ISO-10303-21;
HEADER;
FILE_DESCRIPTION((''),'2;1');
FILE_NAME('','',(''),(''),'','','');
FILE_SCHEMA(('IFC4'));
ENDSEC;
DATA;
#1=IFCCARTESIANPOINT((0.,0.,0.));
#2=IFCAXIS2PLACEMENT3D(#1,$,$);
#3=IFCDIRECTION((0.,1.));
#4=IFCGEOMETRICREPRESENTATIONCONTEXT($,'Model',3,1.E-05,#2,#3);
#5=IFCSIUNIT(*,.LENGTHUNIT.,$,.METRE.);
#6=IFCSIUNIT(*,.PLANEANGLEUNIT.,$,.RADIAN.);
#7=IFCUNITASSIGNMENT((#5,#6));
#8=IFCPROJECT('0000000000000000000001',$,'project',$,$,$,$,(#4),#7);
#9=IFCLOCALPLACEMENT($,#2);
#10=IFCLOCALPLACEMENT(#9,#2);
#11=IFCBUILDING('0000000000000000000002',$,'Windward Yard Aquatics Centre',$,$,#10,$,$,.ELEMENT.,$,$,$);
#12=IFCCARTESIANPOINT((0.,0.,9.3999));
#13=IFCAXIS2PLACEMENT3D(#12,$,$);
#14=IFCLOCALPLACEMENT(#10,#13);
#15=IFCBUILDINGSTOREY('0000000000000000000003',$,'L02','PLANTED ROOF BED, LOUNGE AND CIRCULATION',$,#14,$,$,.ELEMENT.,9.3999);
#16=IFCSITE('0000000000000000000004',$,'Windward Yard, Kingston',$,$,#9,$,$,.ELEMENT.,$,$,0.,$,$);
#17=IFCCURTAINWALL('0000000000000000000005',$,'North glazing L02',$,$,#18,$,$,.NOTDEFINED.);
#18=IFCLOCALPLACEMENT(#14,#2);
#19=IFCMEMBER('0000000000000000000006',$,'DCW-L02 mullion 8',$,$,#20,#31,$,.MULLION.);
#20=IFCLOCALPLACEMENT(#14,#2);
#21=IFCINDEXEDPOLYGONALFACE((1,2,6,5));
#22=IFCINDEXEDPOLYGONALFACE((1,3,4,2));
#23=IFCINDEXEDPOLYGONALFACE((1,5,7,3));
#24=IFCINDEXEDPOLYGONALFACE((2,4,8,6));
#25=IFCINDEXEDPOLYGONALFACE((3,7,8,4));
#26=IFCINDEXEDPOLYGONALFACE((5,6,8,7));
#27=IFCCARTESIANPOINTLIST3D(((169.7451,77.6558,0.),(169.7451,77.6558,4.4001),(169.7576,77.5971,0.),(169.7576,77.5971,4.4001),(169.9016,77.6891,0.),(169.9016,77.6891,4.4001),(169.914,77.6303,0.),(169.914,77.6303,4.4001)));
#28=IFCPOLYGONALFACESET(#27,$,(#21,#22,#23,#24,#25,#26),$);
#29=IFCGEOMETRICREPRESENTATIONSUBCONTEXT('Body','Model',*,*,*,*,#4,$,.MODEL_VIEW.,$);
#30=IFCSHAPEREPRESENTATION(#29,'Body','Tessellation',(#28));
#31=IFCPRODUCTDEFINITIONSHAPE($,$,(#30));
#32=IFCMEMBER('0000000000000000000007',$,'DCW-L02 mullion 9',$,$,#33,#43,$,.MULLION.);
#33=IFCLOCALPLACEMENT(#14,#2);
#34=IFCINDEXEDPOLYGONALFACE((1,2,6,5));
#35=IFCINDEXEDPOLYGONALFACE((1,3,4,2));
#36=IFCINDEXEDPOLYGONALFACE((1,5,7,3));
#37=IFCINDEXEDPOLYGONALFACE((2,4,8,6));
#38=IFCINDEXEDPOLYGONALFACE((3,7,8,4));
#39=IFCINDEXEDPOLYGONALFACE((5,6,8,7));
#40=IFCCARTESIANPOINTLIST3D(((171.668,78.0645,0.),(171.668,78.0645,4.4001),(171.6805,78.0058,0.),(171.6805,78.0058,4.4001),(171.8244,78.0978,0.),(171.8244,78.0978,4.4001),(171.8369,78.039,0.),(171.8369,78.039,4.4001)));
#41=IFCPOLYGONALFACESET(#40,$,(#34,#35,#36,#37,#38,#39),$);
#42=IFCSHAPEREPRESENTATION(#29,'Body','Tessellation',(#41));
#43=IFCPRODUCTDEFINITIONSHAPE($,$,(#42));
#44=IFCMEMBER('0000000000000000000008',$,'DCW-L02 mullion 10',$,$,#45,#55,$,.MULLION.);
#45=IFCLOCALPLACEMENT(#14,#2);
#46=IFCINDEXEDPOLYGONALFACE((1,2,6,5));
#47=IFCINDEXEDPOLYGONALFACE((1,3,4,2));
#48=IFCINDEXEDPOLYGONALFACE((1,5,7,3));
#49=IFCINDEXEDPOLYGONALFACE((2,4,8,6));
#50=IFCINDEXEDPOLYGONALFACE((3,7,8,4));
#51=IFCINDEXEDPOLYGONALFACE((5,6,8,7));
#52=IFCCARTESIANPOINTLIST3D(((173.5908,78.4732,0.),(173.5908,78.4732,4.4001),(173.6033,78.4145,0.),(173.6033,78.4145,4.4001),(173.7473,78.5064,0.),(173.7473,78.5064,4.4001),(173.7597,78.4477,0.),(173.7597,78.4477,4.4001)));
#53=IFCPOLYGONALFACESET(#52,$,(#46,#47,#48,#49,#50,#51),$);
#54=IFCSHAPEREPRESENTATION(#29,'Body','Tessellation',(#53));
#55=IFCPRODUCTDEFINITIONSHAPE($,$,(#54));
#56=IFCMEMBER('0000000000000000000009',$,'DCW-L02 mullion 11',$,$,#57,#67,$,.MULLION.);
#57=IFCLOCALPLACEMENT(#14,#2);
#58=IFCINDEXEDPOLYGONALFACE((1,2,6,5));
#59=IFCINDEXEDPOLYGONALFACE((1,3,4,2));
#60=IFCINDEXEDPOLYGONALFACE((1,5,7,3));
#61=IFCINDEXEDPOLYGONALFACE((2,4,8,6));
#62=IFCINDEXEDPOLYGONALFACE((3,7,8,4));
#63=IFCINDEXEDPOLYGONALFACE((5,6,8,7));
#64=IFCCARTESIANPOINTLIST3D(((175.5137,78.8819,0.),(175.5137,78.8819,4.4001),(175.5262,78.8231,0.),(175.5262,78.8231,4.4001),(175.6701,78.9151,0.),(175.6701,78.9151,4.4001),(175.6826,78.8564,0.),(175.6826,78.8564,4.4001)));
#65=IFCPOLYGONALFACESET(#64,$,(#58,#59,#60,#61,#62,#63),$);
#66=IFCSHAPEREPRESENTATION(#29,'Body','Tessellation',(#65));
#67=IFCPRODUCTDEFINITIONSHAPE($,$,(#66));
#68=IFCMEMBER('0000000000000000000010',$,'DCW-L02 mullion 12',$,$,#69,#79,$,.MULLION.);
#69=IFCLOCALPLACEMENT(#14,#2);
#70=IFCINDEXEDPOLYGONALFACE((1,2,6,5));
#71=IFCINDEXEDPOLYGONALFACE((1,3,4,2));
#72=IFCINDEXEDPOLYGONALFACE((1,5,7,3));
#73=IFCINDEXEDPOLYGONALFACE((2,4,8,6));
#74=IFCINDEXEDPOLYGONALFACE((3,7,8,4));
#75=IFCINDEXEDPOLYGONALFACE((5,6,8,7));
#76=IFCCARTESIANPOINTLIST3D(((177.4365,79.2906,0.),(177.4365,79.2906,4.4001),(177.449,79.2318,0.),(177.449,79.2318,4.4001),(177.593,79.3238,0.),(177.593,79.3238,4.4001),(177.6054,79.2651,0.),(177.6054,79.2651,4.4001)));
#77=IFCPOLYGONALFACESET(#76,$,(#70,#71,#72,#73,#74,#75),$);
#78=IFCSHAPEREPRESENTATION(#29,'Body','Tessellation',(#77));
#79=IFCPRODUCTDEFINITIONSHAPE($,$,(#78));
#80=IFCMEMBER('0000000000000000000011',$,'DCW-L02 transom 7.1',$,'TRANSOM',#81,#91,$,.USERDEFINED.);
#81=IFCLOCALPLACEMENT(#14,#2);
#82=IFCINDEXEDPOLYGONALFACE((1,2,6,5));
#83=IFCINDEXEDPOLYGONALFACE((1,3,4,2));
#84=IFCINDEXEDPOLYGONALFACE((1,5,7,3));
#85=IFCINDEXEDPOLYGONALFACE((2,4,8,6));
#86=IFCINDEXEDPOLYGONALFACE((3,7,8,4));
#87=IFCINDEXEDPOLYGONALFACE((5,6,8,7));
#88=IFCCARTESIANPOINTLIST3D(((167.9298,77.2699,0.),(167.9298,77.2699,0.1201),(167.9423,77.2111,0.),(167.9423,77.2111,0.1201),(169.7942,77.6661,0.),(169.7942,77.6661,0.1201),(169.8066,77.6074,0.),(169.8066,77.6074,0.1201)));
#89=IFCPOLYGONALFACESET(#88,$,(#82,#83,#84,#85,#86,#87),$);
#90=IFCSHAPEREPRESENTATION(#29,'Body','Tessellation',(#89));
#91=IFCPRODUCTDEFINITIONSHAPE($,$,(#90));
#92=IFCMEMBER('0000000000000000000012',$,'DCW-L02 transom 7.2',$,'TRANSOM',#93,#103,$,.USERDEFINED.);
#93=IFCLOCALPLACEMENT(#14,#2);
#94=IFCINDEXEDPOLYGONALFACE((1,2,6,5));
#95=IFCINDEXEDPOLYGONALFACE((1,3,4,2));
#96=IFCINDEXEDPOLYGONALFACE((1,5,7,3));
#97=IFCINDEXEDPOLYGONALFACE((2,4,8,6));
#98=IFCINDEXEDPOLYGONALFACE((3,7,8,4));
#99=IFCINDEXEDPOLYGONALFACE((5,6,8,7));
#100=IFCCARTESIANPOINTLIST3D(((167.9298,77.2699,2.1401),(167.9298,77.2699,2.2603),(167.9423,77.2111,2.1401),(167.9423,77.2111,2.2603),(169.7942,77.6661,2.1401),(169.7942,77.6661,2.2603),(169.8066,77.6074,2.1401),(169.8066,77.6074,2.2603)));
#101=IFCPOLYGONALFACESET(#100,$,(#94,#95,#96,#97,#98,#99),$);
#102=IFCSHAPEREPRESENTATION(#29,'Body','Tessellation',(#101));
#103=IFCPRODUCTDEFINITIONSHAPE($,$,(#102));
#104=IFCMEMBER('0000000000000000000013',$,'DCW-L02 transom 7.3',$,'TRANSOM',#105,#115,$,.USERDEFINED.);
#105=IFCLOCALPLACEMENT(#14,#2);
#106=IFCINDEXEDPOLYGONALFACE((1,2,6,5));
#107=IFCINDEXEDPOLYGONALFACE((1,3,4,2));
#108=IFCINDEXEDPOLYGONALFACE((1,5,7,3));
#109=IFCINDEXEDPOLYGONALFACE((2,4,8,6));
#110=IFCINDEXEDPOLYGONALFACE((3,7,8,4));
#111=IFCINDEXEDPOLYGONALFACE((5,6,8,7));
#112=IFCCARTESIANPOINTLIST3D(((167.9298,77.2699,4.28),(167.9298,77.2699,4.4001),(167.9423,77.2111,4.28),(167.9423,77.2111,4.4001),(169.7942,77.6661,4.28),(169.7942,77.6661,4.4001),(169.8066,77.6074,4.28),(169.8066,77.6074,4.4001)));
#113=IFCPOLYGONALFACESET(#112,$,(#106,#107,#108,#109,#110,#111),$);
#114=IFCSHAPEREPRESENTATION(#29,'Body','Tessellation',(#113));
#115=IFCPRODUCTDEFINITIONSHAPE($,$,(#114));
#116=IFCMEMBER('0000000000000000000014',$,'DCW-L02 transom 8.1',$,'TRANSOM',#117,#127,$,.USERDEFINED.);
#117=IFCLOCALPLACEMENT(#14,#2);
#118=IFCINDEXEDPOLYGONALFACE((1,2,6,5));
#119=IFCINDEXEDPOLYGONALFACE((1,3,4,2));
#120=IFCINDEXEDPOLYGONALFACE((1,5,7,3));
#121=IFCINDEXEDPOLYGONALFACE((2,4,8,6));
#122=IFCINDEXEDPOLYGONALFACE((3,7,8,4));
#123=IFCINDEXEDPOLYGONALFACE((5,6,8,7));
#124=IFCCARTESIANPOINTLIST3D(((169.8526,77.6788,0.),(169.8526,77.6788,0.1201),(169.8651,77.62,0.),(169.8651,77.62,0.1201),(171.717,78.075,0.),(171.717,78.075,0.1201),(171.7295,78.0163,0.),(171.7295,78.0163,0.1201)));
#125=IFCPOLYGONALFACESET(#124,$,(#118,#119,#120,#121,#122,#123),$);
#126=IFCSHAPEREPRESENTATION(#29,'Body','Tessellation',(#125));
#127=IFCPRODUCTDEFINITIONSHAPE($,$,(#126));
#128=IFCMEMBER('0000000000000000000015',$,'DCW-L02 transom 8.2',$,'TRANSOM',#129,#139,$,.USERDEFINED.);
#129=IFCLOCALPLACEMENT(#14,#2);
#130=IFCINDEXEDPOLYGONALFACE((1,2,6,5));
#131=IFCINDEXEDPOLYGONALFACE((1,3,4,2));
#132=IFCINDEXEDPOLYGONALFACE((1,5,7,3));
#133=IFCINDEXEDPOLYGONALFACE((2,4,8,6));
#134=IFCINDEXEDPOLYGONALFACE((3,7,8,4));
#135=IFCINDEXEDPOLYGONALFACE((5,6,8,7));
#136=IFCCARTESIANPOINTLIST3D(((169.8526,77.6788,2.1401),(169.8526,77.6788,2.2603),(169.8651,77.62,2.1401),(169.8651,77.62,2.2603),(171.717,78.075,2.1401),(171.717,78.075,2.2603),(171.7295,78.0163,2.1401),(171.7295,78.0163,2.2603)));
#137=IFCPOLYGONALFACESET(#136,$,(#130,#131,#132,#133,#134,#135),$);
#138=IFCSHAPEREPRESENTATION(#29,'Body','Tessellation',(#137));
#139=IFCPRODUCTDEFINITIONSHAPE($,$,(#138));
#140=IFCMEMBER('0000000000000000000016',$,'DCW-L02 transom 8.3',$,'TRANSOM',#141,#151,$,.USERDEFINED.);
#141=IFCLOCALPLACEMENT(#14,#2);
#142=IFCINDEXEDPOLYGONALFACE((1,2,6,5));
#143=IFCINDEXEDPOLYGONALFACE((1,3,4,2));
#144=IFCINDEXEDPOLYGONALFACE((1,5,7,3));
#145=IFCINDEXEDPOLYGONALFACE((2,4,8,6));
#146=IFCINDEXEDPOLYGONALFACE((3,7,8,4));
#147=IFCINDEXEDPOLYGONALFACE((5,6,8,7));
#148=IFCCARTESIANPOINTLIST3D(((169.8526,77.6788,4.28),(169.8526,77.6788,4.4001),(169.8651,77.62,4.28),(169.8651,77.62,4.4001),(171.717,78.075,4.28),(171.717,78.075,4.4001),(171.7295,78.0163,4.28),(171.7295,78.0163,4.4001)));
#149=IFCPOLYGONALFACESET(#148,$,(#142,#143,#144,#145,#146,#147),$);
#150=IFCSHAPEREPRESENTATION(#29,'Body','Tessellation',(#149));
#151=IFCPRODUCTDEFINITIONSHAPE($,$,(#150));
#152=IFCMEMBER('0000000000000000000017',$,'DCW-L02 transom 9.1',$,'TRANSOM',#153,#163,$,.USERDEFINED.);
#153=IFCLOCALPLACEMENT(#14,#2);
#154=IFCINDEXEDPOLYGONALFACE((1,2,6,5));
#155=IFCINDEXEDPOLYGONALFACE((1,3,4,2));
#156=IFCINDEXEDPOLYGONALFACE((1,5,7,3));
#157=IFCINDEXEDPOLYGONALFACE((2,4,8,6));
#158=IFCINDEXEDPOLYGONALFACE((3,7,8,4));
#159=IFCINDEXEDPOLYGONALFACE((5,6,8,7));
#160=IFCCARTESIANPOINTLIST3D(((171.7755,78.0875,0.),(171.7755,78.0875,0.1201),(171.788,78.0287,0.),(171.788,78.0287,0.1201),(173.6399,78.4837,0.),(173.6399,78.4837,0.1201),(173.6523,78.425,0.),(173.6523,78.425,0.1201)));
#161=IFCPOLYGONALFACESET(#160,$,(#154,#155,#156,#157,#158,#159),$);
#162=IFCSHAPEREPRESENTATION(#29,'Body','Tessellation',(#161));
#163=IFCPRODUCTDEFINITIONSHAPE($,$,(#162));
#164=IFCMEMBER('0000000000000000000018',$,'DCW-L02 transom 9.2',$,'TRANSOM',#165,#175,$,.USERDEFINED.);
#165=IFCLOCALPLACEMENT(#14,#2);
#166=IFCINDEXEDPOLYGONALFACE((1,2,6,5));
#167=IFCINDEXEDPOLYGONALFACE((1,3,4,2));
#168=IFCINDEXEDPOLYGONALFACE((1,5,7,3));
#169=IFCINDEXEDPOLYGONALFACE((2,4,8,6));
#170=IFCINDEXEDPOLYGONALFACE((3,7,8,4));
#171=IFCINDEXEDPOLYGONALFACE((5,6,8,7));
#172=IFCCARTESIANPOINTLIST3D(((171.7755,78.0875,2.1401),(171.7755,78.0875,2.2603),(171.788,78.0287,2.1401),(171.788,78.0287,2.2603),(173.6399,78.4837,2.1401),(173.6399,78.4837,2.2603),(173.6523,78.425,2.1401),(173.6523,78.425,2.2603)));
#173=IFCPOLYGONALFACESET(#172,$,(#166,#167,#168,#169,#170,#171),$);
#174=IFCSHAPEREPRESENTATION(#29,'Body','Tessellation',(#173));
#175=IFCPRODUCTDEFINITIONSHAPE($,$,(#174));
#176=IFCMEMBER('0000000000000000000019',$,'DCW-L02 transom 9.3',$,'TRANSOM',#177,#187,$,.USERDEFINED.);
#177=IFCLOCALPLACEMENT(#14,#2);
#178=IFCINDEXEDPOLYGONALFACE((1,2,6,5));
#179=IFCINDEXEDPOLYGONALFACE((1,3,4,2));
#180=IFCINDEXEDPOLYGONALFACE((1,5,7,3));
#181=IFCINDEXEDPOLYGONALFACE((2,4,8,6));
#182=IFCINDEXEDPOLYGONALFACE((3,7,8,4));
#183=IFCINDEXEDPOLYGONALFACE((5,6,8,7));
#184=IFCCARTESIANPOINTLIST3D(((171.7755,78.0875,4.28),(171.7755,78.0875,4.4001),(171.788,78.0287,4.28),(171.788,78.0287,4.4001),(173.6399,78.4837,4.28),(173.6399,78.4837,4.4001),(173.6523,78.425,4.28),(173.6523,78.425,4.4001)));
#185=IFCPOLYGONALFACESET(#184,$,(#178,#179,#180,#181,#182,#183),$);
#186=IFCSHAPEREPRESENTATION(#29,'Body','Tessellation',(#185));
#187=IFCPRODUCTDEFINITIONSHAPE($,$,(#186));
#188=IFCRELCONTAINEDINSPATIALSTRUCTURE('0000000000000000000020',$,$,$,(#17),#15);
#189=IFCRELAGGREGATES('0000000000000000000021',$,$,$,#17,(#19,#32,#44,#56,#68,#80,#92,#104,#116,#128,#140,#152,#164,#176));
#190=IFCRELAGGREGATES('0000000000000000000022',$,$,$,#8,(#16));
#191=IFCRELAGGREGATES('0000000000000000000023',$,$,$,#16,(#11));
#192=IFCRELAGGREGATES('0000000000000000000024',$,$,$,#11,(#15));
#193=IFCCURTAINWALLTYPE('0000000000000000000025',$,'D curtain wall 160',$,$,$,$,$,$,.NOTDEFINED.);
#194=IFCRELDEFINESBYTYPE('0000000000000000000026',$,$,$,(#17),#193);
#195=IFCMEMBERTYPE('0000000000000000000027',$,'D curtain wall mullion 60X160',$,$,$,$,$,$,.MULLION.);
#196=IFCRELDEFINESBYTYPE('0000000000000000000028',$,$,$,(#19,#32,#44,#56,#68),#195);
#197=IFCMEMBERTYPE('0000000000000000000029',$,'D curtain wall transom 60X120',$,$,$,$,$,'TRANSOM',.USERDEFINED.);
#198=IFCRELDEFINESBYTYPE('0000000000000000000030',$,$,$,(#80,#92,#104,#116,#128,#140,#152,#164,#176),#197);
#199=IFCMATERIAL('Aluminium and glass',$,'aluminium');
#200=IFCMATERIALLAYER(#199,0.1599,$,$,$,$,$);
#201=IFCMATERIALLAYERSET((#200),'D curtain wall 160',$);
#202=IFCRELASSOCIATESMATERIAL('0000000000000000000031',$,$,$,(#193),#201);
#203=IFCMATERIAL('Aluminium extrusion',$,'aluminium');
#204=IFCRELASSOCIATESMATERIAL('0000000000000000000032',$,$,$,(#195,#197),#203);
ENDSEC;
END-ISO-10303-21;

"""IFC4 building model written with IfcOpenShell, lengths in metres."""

from ifc_helpers import new_model, si_unit, direction, frame, origin, origin_2d, place, context, subcontext, project, spatial, rectangle, extrude, material, layer, layer_set, material_profile, profile_set, type_object, element, aggregate, save


model = new_model("IFC4")

# Units and contexts
model_context = context("Model", 3, precision=1e-05, world=origin(), true_north=direction((0.0, 1.0)))
body_context = subcontext(model_context, "Body", "Model", "MODEL_VIEW")
ifc_project = project(units=[si_unit("LENGTHUNIT", "METRE"), si_unit("PLANEANGLEUNIT", "RADIAN")], contexts=[model_context])

# Site, building, storey
site_placement = place(None, origin())
site = spatial("IfcSite", under=ifc_project, at=site_placement, Name="Windward Yard, Kingston", CompositionType="ELEMENT", RefElevation=0.0)
building_placement = place(site_placement, origin())
building = spatial("IfcBuilding", under=site, at=building_placement, Name="Windward Yard Aquatics Centre", CompositionType="ELEMENT")
storey_placement = place(building_placement, frame((0.0, 0.0, 9.3999)))
storey = spatial("IfcBuildingStorey", under=building, at=storey_placement, Name="L02", Description="PLANTED ROOF BED, LOUNGE AND CIRCULATION", CompositionType="ELEMENT", Elevation=9.3999)

# Curtain wall, members
ifc_material_1 = material(Name="Aluminium and glass", Category="aluminium")
ifc_layer_1 = layer(ifc_material_1, 0.1599)
ifc_layer_set_1 = layer_set([ifc_layer_1], Name="D curtain wall 160")
curtain_wall_type = type_object("IfcCurtainWallType", Name="D curtain wall 160", PredefinedType="NOTDEFINED", material=ifc_layer_set_1)
curtain_wall_placement = place(storey_placement, origin())
curtain_wall = element("IfcCurtainWall", 1, at=curtain_wall_placement, inside=storey, type_object=curtain_wall_type, Name="North glazing L02", PredefinedType="NOTDEFINED")
ifc_material_2 = material(Name="Aluminium extrusion", Category="aluminium")
ifc_material_profile_1 = material_profile(ifc_material_2, rectangle(XDim=0.0601, YDim=0.1599, at=origin_2d()), Name="MULLION 60X160")
ifc_profile_set_1 = profile_set([ifc_material_profile_1], Name="Aluminium extrusion")
member_type_1 = type_object("IfcMemberType", Name="D curtain wall mullion 60X160", PredefinedType="MULLION", material=ifc_profile_set_1)
member_1_placement = place(storey_placement, frame((169.8296, 77.6431, 0.0), z_axis=(0.0, 0.0, 1.0), x_axis=(-0.207912, 0.978148, 0.0)))
member_1 = element("IfcMember", 2, at=member_1_placement, type_object=member_type_1, Name="DCW-L02 mullion 8", PredefinedType="MULLION", context=body_context, shape_type="SweptSolid", body=[
    extrude(rectangle(XDim=0.0601, YDim=0.1599, at=origin_2d()), origin(), (0.0, 0.0, 1.0), 4.4001),
])
member_2_placement = place(storey_placement, frame((171.7524, 78.0518, 0.0), z_axis=(0.0, 0.0, 1.0), x_axis=(-0.207912, 0.978148, 0.0)))
member_2 = element("IfcMember", 3, at=member_2_placement, type_object=member_type_1, Name="DCW-L02 mullion 9", PredefinedType="MULLION", context=body_context, shape_type="SweptSolid", body=[
    extrude(rectangle(XDim=0.0601, YDim=0.1599, at=origin_2d()), origin(), (0.0, 0.0, 1.0), 4.4001),
])
member_3_placement = place(storey_placement, frame((173.6753, 78.4604, 0.0), z_axis=(0.0, 0.0, 1.0), x_axis=(-0.207912, 0.978148, 0.0)))
member_3 = element("IfcMember", 4, at=member_3_placement, type_object=member_type_1, Name="DCW-L02 mullion 10", PredefinedType="MULLION", context=body_context, shape_type="SweptSolid", body=[
    extrude(rectangle(XDim=0.0601, YDim=0.1599, at=origin_2d()), origin(), (0.0, 0.0, 1.0), 4.4001),
])
member_4_placement = place(storey_placement, frame((175.5981, 78.8691, 0.0), z_axis=(0.0, 0.0, 1.0), x_axis=(-0.207912, 0.978148, 0.0)))
member_4 = element("IfcMember", 5, at=member_4_placement, type_object=member_type_1, Name="DCW-L02 mullion 11", PredefinedType="MULLION", context=body_context, shape_type="SweptSolid", body=[
    extrude(rectangle(XDim=0.0601, YDim=0.1599, at=origin_2d()), origin(), (0.0, 0.0, 1.0), 4.4001),
])
member_5_placement = place(storey_placement, frame((177.521, 79.2778, 0.0), z_axis=(0.0, 0.0, 1.0), x_axis=(-0.207912, 0.978148, 0.0)))
member_5 = element("IfcMember", 6, at=member_5_placement, type_object=member_type_1, Name="DCW-L02 mullion 12", PredefinedType="MULLION", context=body_context, shape_type="SweptSolid", body=[
    extrude(rectangle(XDim=0.0601, YDim=0.1599, at=origin_2d()), origin(), (0.0, 0.0, 1.0), 4.4001),
])
ifc_material_profile_2 = material_profile(ifc_material_2, rectangle(XDim=0.0601, YDim=0.1201, at=origin_2d()), Name="TRANSOM 60X120")
ifc_profile_set_2 = profile_set([ifc_material_profile_2], Name="Aluminium extrusion")
member_type_2 = type_object("IfcMemberType", Name="D curtain wall transom 60X120", ElementType="TRANSOM", PredefinedType="USERDEFINED", material=ifc_profile_set_2)
member_6_placement = place(storey_placement, frame((167.936, 77.2405, 0.0601), z_axis=(0.97815, 0.207902, 0.0), x_axis=(-0.207902, 0.97815, 0.0)))
member_6 = element("IfcMember", 7, at=member_6_placement, type_object=member_type_2, Name="DCW-L02 transom 7.1", ObjectType="TRANSOM", PredefinedType="USERDEFINED", context=body_context, shape_type="SweptSolid", body=[
    extrude(rectangle(XDim=0.0601, YDim=0.1201, at=origin_2d()), origin(), (0.0, 0.0, 1.0), 1.906),
])
member_7_placement = place(storey_placement, frame((167.936, 77.2405, 2.2002), z_axis=(0.97815, 0.207902, 0.0), x_axis=(-0.207902, 0.97815, 0.0)))
member_7 = element("IfcMember", 8, at=member_7_placement, type_object=member_type_2, Name="DCW-L02 transom 7.2", ObjectType="TRANSOM", PredefinedType="USERDEFINED", context=body_context, shape_type="SweptSolid", body=[
    extrude(rectangle(XDim=0.0601, YDim=0.1201, at=origin_2d()), origin(), (0.0, 0.0, 1.0), 1.906),
])
member_8_placement = place(storey_placement, frame((167.936, 77.2405, 4.3401), z_axis=(0.97815, 0.207902, 0.0), x_axis=(-0.207902, 0.97815, 0.0)))
member_8 = element("IfcMember", 9, at=member_8_placement, type_object=member_type_2, Name="DCW-L02 transom 7.3", ObjectType="TRANSOM", PredefinedType="USERDEFINED", context=body_context, shape_type="SweptSolid", body=[
    extrude(rectangle(XDim=0.0601, YDim=0.1201, at=origin_2d()), origin(), (0.0, 0.0, 1.0), 1.906),
])
member_9_placement = place(storey_placement, frame((169.8589, 77.6494, 0.0601), z_axis=(0.97815, 0.207902, 0.0), x_axis=(-0.207902, 0.97815, 0.0)))
member_9 = element("IfcMember", 10, at=member_9_placement, type_object=member_type_2, Name="DCW-L02 transom 8.1", ObjectType="TRANSOM", PredefinedType="USERDEFINED", context=body_context, shape_type="SweptSolid", body=[
    extrude(rectangle(XDim=0.0601, YDim=0.1201, at=origin_2d()), origin(), (0.0, 0.0, 1.0), 1.906),
])
member_10_placement = place(storey_placement, frame((169.8589, 77.6494, 2.2002), z_axis=(0.97815, 0.207902, 0.0), x_axis=(-0.207902, 0.97815, 0.0)))
member_10 = element("IfcMember", 11, at=member_10_placement, type_object=member_type_2, Name="DCW-L02 transom 8.2", ObjectType="TRANSOM", PredefinedType="USERDEFINED", context=body_context, shape_type="SweptSolid", body=[
    extrude(rectangle(XDim=0.0601, YDim=0.1201, at=origin_2d()), origin(), (0.0, 0.0, 1.0), 1.906),
])
member_11_placement = place(storey_placement, frame((169.8589, 77.6494, 4.3401), z_axis=(0.97815, 0.207902, 0.0), x_axis=(-0.207902, 0.97815, 0.0)))
member_11 = element("IfcMember", 12, at=member_11_placement, type_object=member_type_2, Name="DCW-L02 transom 8.3", ObjectType="TRANSOM", PredefinedType="USERDEFINED", context=body_context, shape_type="SweptSolid", body=[
    extrude(rectangle(XDim=0.0601, YDim=0.1201, at=origin_2d()), origin(), (0.0, 0.0, 1.0), 1.906),
])
member_12_placement = place(storey_placement, frame((171.7817, 78.0581, 0.0601), z_axis=(0.97815, 0.207902, 0.0), x_axis=(-0.207902, 0.97815, 0.0)))
member_12 = element("IfcMember", 13, at=member_12_placement, type_object=member_type_2, Name="DCW-L02 transom 9.1", ObjectType="TRANSOM", PredefinedType="USERDEFINED", context=body_context, shape_type="SweptSolid", body=[
    extrude(rectangle(XDim=0.0601, YDim=0.1201, at=origin_2d()), origin(), (0.0, 0.0, 1.0), 1.906),
])
member_13_placement = place(storey_placement, frame((171.7817, 78.0581, 2.2002), z_axis=(0.97815, 0.207902, 0.0), x_axis=(-0.207902, 0.97815, 0.0)))
member_13 = element("IfcMember", 14, at=member_13_placement, type_object=member_type_2, Name="DCW-L02 transom 9.2", ObjectType="TRANSOM", PredefinedType="USERDEFINED", context=body_context, shape_type="SweptSolid", body=[
    extrude(rectangle(XDim=0.0601, YDim=0.1201, at=origin_2d()), origin(), (0.0, 0.0, 1.0), 1.906),
])
member_14_placement = place(storey_placement, frame((171.7817, 78.0581, 4.3401), z_axis=(0.97815, 0.207902, 0.0), x_axis=(-0.207902, 0.97815, 0.0)))
member_14 = element("IfcMember", 15, at=member_14_placement, type_object=member_type_2, Name="DCW-L02 transom 9.3", ObjectType="TRANSOM", PredefinedType="USERDEFINED", context=body_context, shape_type="SweptSolid", body=[
    extrude(rectangle(XDim=0.0601, YDim=0.1201, at=origin_2d()), origin(), (0.0, 0.0, 1.0), 1.906),
])
aggregate(curtain_wall, [member_1, member_2, member_3, member_4, member_5, member_6, member_7, member_8, member_9, member_10, member_11, member_12, member_13, member_14])

save(model, "model.ifc")
